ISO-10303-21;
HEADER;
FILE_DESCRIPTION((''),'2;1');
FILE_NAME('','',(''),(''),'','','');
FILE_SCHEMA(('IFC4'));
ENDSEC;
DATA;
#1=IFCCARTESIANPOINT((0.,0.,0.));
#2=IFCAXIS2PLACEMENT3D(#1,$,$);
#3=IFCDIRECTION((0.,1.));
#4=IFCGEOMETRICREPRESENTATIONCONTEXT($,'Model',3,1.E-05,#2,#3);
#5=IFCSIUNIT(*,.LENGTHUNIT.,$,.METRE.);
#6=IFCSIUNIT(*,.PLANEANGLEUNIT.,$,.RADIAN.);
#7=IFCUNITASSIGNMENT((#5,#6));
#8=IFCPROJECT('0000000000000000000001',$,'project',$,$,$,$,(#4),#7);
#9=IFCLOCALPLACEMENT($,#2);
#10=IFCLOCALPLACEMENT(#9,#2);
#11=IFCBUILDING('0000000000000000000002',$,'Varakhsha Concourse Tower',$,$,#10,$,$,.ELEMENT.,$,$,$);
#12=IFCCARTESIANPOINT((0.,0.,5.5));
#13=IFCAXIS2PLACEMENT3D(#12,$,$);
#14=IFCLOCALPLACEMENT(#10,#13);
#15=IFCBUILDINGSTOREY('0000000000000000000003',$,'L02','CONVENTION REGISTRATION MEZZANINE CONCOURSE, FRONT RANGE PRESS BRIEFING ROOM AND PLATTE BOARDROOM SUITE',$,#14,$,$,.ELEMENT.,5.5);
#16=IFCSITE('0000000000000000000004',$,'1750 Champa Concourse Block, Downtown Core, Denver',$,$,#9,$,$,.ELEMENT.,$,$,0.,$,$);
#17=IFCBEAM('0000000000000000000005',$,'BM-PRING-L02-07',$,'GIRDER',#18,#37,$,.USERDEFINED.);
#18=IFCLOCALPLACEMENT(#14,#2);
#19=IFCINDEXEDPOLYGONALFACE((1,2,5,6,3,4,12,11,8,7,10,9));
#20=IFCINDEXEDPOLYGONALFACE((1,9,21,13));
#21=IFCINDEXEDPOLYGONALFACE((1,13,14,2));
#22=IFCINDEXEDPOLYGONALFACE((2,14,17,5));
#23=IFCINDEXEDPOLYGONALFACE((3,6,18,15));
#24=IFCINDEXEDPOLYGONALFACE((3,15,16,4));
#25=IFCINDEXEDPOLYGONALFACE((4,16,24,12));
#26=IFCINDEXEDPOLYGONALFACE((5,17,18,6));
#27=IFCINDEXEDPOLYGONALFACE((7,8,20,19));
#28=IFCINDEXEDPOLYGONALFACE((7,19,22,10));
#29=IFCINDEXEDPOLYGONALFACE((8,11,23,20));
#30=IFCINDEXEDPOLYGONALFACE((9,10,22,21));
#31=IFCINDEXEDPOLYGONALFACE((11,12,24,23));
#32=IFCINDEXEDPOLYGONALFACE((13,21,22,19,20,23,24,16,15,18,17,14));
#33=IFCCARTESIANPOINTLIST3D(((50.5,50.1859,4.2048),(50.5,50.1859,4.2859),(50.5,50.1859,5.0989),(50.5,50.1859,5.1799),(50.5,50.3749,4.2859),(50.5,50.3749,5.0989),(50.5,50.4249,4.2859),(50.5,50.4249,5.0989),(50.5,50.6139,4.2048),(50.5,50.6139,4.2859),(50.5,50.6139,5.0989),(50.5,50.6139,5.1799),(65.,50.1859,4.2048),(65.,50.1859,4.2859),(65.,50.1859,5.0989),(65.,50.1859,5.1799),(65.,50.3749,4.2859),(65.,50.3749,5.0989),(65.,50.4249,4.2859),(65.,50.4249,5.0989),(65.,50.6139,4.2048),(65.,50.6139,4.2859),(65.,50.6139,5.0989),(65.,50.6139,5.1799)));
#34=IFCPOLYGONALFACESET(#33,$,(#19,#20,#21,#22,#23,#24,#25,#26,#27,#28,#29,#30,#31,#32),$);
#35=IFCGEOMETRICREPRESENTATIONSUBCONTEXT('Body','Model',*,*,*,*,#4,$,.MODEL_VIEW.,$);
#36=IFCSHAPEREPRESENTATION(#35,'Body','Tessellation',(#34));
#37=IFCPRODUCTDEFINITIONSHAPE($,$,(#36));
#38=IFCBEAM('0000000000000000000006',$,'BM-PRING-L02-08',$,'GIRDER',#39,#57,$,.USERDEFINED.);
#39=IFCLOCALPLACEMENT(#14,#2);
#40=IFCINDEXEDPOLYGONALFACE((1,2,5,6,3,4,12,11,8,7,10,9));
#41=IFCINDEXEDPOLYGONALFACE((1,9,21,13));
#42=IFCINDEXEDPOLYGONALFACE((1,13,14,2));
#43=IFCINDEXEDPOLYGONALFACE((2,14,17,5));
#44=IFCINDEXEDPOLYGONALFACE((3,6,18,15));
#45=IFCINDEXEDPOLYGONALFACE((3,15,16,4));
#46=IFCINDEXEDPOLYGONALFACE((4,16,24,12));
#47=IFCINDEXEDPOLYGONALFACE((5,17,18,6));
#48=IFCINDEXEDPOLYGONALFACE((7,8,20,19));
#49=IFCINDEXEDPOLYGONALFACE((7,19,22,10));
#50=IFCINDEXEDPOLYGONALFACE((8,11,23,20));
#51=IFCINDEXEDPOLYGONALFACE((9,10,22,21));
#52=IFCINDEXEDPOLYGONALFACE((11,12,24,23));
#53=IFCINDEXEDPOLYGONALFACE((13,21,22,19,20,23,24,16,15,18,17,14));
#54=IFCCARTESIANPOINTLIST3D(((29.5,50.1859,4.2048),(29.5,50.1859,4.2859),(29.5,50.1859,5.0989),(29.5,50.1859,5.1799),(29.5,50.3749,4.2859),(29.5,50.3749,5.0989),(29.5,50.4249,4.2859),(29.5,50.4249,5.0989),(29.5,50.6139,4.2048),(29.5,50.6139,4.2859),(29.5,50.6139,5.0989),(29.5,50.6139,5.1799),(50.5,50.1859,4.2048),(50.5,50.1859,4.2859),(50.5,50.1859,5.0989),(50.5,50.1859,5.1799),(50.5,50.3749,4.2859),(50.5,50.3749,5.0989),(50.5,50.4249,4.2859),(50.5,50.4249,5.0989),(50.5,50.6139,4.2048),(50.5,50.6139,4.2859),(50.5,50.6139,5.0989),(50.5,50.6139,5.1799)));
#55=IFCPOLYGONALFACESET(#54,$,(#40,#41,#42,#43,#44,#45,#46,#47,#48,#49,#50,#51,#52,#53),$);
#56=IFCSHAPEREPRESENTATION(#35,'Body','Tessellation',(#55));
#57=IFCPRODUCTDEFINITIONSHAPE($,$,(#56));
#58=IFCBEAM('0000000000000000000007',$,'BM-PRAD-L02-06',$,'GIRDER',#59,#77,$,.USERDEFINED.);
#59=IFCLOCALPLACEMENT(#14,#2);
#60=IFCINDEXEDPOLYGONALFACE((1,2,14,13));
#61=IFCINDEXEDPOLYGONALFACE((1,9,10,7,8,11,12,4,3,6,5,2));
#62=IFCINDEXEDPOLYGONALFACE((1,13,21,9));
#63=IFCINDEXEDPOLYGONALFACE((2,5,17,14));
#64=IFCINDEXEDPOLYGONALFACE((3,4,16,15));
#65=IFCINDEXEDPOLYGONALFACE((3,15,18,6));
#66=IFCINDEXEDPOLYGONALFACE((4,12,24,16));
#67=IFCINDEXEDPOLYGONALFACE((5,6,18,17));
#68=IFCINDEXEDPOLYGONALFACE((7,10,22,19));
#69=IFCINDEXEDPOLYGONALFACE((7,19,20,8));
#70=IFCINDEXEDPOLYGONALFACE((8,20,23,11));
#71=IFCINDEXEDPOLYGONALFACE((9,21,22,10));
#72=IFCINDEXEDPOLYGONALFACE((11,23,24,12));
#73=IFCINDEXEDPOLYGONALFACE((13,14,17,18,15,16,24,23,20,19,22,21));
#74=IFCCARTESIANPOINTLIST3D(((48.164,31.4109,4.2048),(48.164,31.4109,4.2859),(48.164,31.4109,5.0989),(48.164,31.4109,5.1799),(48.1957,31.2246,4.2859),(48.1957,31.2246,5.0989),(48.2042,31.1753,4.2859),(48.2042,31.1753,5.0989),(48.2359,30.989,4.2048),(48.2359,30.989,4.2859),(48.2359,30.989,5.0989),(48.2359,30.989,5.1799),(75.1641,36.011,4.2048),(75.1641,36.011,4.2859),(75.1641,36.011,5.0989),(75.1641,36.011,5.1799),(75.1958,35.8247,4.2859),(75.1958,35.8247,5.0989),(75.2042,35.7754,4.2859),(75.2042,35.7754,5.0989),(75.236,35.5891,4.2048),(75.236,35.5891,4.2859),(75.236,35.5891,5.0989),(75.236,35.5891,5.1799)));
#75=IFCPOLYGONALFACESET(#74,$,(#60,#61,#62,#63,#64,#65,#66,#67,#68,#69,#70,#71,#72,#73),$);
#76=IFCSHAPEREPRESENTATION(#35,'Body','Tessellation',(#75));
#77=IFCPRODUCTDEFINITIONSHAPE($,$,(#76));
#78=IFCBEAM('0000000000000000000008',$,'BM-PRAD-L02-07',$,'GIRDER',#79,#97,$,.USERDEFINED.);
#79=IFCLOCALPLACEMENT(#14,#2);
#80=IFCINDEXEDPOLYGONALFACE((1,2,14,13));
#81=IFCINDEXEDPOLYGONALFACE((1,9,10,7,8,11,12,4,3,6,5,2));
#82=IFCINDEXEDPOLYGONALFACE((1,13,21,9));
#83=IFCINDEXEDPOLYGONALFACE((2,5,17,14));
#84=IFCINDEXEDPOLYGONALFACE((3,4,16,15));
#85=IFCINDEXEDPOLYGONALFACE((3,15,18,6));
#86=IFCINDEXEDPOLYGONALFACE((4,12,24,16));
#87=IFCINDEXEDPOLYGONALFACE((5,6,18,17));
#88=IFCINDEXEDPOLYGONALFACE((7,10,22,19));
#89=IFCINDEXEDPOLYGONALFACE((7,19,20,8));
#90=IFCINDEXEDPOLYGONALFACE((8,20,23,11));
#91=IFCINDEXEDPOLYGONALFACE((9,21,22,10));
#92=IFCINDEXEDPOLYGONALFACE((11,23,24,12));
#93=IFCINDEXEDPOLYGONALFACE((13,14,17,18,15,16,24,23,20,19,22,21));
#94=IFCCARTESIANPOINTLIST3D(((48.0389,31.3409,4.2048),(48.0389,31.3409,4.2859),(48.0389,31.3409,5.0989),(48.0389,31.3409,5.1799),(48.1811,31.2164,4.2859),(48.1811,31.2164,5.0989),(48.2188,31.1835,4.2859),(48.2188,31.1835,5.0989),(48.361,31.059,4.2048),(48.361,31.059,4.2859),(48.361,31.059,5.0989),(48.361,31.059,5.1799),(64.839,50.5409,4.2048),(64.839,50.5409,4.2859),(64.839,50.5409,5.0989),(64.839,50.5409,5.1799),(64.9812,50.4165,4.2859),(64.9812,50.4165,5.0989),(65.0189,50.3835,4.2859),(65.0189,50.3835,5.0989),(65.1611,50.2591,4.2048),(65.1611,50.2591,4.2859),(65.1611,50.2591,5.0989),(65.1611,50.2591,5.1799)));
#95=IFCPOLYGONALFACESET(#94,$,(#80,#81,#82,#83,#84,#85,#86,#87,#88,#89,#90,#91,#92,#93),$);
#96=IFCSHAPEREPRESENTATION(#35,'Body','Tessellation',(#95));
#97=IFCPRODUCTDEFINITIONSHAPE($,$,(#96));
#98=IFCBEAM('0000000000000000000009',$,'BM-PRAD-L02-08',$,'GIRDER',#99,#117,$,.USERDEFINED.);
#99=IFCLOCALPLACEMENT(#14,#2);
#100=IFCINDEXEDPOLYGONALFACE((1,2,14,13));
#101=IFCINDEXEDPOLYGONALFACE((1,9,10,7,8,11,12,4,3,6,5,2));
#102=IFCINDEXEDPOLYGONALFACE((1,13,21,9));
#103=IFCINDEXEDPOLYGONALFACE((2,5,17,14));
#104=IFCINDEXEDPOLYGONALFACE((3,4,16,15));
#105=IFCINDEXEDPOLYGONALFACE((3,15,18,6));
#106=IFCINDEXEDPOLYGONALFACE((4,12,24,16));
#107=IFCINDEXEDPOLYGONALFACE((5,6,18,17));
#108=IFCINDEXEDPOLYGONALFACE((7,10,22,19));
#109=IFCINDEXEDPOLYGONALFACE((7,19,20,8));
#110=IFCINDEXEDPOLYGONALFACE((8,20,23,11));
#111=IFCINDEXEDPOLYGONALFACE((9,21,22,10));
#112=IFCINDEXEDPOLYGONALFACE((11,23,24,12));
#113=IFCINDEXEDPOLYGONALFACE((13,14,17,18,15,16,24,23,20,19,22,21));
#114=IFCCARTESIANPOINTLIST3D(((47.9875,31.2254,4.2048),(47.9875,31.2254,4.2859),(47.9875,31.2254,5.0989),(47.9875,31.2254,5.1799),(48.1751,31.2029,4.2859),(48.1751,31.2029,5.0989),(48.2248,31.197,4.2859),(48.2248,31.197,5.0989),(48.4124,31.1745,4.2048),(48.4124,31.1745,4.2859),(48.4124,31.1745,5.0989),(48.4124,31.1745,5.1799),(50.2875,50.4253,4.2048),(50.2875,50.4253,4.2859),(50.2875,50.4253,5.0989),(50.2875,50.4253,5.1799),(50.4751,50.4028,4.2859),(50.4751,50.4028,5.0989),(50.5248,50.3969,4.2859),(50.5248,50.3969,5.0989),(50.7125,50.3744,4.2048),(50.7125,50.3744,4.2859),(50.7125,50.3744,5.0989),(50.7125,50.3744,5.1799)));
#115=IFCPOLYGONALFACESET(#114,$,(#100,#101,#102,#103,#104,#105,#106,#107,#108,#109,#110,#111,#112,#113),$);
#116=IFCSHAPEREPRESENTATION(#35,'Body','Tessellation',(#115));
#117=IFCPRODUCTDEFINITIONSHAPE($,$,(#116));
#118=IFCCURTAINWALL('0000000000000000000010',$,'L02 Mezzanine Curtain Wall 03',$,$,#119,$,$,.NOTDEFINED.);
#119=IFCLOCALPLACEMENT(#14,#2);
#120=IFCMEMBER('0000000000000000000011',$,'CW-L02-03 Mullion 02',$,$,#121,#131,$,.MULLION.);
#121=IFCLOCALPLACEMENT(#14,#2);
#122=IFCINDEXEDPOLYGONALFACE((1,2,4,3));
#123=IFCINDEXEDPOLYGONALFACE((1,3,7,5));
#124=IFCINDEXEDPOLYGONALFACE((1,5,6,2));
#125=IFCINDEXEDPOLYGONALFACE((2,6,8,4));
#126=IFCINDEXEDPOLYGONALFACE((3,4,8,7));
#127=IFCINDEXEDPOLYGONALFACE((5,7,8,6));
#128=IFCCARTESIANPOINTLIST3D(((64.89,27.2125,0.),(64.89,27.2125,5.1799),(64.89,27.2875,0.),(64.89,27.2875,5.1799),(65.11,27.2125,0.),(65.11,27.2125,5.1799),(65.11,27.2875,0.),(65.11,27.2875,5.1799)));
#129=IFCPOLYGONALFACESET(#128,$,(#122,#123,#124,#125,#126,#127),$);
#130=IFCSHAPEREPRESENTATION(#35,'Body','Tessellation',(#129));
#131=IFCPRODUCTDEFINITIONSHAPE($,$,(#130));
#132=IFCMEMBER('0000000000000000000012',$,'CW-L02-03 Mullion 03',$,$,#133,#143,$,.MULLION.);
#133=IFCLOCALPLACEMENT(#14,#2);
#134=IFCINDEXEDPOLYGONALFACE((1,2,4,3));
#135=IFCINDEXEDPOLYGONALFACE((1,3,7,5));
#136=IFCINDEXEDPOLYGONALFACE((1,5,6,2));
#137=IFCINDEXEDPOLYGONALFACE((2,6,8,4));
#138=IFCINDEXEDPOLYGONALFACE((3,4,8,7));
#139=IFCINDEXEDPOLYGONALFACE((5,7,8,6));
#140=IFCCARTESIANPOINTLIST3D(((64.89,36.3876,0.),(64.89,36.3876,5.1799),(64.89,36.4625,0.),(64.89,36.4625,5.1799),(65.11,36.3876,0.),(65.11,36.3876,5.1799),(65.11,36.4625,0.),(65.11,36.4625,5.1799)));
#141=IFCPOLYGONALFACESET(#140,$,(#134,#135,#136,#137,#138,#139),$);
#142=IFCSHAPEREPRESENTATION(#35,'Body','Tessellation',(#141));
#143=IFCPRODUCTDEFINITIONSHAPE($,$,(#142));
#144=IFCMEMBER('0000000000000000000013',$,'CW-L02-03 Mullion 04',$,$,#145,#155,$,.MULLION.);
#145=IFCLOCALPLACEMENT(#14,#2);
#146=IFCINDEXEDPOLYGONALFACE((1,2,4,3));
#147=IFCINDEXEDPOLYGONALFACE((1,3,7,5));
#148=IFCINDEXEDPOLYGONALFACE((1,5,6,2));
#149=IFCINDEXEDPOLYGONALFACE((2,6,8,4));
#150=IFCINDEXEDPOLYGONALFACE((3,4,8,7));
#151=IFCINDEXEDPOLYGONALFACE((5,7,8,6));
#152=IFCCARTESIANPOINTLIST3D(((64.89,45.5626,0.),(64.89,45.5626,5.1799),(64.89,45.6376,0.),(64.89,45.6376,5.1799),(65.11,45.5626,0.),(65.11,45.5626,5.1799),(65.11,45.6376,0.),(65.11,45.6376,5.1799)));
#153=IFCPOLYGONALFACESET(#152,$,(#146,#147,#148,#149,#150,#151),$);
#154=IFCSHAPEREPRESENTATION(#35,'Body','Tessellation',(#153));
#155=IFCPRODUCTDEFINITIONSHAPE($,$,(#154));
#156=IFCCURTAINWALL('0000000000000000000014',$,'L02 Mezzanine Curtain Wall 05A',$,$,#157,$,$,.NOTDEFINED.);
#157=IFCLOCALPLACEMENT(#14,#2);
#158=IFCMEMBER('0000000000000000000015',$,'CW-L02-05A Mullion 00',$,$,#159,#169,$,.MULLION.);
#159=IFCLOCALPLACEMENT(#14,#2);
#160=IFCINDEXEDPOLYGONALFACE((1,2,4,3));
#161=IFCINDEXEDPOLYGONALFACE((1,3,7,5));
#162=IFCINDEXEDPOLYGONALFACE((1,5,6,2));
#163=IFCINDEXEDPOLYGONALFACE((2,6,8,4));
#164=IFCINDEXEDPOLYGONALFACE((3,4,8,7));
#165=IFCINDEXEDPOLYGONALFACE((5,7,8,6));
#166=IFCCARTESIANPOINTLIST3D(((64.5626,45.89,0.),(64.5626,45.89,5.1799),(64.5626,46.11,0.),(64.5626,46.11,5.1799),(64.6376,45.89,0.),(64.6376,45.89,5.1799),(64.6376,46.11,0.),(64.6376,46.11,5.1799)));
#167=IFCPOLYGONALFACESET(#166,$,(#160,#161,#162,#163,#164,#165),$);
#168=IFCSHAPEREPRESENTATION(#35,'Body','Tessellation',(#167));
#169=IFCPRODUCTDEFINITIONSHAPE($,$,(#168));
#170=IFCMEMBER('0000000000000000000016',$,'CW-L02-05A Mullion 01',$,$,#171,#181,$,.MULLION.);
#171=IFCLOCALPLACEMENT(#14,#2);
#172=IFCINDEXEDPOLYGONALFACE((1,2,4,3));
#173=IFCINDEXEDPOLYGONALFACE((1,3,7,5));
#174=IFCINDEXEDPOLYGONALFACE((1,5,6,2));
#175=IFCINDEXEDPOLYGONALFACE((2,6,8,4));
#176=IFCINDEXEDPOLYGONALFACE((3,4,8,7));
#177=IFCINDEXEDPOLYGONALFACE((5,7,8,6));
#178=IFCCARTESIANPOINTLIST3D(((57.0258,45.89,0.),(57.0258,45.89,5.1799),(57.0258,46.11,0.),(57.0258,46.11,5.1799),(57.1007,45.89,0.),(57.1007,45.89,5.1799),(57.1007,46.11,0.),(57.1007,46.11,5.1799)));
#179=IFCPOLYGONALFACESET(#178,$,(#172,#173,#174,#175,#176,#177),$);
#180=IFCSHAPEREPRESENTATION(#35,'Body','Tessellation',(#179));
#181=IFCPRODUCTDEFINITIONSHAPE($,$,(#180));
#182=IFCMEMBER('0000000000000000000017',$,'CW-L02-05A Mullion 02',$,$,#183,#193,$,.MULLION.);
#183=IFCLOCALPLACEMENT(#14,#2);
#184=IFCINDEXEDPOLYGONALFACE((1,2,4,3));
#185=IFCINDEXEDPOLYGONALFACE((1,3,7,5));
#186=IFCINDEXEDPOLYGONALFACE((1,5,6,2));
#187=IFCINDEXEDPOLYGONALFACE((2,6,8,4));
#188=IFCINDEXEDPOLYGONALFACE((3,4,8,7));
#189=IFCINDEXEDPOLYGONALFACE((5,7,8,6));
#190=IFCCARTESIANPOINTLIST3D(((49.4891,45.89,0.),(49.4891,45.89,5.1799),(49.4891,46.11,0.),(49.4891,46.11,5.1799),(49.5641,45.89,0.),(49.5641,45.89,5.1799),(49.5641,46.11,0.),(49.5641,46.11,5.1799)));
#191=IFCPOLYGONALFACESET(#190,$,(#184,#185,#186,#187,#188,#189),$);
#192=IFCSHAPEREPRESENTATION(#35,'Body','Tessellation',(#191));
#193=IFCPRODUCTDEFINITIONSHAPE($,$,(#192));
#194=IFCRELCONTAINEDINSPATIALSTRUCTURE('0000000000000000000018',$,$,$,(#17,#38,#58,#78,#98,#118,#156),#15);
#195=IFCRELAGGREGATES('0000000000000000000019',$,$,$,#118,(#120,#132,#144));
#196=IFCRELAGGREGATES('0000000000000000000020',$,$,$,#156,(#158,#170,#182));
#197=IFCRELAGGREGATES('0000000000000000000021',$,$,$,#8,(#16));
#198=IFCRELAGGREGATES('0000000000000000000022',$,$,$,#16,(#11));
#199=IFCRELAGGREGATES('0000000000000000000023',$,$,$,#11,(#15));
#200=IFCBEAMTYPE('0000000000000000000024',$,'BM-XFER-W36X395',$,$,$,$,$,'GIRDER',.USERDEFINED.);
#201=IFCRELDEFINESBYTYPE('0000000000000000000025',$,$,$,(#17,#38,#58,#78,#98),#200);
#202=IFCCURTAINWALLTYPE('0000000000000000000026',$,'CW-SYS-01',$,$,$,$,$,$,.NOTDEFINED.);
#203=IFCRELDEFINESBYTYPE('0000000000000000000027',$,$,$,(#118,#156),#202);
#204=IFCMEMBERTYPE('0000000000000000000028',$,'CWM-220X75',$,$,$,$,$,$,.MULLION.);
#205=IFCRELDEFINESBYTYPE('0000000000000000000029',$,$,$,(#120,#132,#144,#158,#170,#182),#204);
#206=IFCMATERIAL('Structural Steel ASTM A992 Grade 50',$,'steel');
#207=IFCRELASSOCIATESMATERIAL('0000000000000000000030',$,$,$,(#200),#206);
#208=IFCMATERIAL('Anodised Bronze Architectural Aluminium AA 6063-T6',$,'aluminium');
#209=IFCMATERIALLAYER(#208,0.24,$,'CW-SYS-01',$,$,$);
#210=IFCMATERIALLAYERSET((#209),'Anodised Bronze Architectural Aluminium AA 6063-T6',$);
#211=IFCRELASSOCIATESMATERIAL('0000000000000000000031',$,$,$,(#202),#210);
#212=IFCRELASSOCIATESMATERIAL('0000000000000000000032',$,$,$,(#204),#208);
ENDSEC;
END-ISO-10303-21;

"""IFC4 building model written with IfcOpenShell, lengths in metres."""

from ifc_helpers import new_model, si_unit, direction, frame, origin, origin_2d, place, context, subcontext, project, spatial, rectangle, i_section, extrude, source, transform, mapped, material, layer, layer_set, material_profile, profile_set, type_object, type_shapes, element, aggregate, save


model = new_model("IFC4")

# Units and contexts
model_context = context("Model", 3, precision=1e-05, world=origin(), true_north=direction((0.0, 1.0)))
body_context = subcontext(model_context, "Body", "Model", "MODEL_VIEW")
ifc_project = project(units=[si_unit("LENGTHUNIT", "METRE"), si_unit("PLANEANGLEUNIT", "RADIAN")], contexts=[model_context])

# Site, building, storey
site_placement = place(None, origin())
site = spatial("IfcSite", under=ifc_project, at=site_placement, Name="1750 Champa Concourse Block, Downtown Core, Denver", CompositionType="ELEMENT", RefElevation=0.0)
building_placement = place(site_placement, origin())
building = spatial("IfcBuilding", under=site, at=building_placement, Name="Varakhsha Concourse Tower", CompositionType="ELEMENT")
storey_placement = place(building_placement, frame((0.0, 0.0, 5.5)))
storey = spatial("IfcBuildingStorey", under=building, at=storey_placement, Name="L02", Description="CONVENTION REGISTRATION MEZZANINE CONCOURSE, FRONT RANGE PRESS BRIEFING ROOM AND PLATTE BOARDROOM SUITE", CompositionType="ELEMENT", Elevation=5.5)

# Shared definitions
ifc_material_1 = material(Name="Structural Steel ASTM A992 Grade 50", Category="steel")

# Beams
ifc_material_profile_1 = material_profile(ifc_material_1, i_section(OverallWidth=0.428, OverallDepth=0.9751, WebThickness=0.05, FlangeThickness=0.0811, at=origin_2d()), Name="W36X395")
ifc_profile_set_1 = profile_set([ifc_material_profile_1], Name="Structural Steel ASTM A992 Grade 50")
beam_type_1 = type_object("IfcBeamType", Name="BM-XFER-W36X395", ElementType="GIRDER", PredefinedType="USERDEFINED", material=ifc_profile_set_1)
beam_1_placement = place(storey_placement, frame((65.0, 50.3999, 4.6924), z_axis=(-1.0, 0.0, 0.0), x_axis=(0.0, -1.0, 0.0)))
element("IfcBeam", 1, at=beam_1_placement, inside=storey, type_object=beam_type_1, Name="BM-PRING-L02-07", ObjectType="GIRDER", PredefinedType="USERDEFINED", context=body_context, shape_type="SweptSolid", body=[
    extrude(i_section(OverallWidth=0.428, OverallDepth=0.9751, WebThickness=0.05, FlangeThickness=0.0811, at=origin_2d()), origin(), (0.0, 0.0, 1.0), 14.5),
])
beam_2_placement = place(storey_placement, frame((50.5, 50.3999, 4.6924), z_axis=(-1.0, 0.0, 0.0), x_axis=(0.0, -1.0, 0.0)))
element("IfcBeam", 2, at=beam_2_placement, inside=storey, type_object=beam_type_1, Name="BM-PRING-L02-08", ObjectType="GIRDER", PredefinedType="USERDEFINED", context=body_context, shape_type="SweptSolid", body=[
    extrude(i_section(OverallWidth=0.428, OverallDepth=0.9751, WebThickness=0.05, FlangeThickness=0.0811, at=origin_2d()), origin(), (0.0, 0.0, 1.0), 21.0),
])
beam_3_placement = place(storey_placement, frame((48.2, 31.2, 4.6924), z_axis=(0.985795, 0.167954, 0.0), x_axis=(-0.167954, 0.985795, 0.0)))
element("IfcBeam", 3, at=beam_3_placement, inside=storey, type_object=beam_type_1, Name="BM-PRAD-L02-06", ObjectType="GIRDER", PredefinedType="USERDEFINED", context=body_context, shape_type="SweptSolid", body=[
    extrude(i_section(OverallWidth=0.428, OverallDepth=0.9751, WebThickness=0.05, FlangeThickness=0.0811, at=origin_2d()), origin(), (0.0, 0.0, 1.0), 27.3892),
])
beam_4_placement = place(storey_placement, frame((48.2, 31.2, 4.6924), z_axis=(0.658507, 0.752575, 0.0), x_axis=(-0.752575, 0.658507, 0.0)))
element("IfcBeam", 4, at=beam_4_placement, inside=storey, type_object=beam_type_1, Name="BM-PRAD-L02-07", ObjectType="GIRDER", PredefinedType="USERDEFINED", context=body_context, shape_type="SweptSolid", body=[
    extrude(i_section(OverallWidth=0.428, OverallDepth=0.9751, WebThickness=0.05, FlangeThickness=0.0811, at=origin_2d()), origin(), (0.0, 0.0, 1.0), 25.5125),
])
beam_5_placement = place(storey_placement, frame((48.2, 31.2, 4.6924), z_axis=(0.118944, 0.992901, 0.0), x_axis=(-0.992901, 0.118944, 0.0)))
element("IfcBeam", 5, at=beam_5_placement, inside=storey, type_object=beam_type_1, Name="BM-PRAD-L02-08", ObjectType="GIRDER", PredefinedType="USERDEFINED", context=body_context, shape_type="SweptSolid", body=[
    extrude(i_section(OverallWidth=0.428, OverallDepth=0.9751, WebThickness=0.05, FlangeThickness=0.0811, at=origin_2d()), origin(), (0.0, 0.0, 1.0), 19.3372),
])

# Curtain walls, members
ifc_material_2 = material(Name="Anodised Bronze Architectural Aluminium AA 6063-T6", Category="aluminium")
ifc_layer_1 = layer(ifc_material_2, 0.24, Name="CW-SYS-01")
ifc_layer_set_1 = layer_set([ifc_layer_1], Name="Anodised Bronze Architectural Aluminium AA 6063-T6")
curtain_wall_type = type_object("IfcCurtainWallType", Name="CW-SYS-01", PredefinedType="NOTDEFINED", material=ifc_layer_set_1)
curtain_wall_1_placement = place(storey_placement, origin())
curtain_wall_1 = element("IfcCurtainWall", 6, at=curtain_wall_1_placement, inside=storey, type_object=curtain_wall_type, Name="L02 Mezzanine Curtain Wall 03", PredefinedType="NOTDEFINED")
ifc_material_profile_2 = material_profile(ifc_material_2, rectangle(XDim=0.075, YDim=0.22, at=origin_2d()), Name="CWM-220X75")
ifc_profile_set_2 = profile_set([ifc_material_profile_2], Name="Anodised Bronze Architectural Aluminium AA 6063-T6")
member_type_1 = type_object("IfcMemberType", Name="CWM-220X75", PredefinedType="MULLION", material=ifc_profile_set_2)
shared_shape_1 = source(origin(), body_context, "Body", "SweptSolid", [
    extrude(rectangle(XDim=0.075, YDim=0.22, at=origin_2d()), origin(), (0.0, 0.0, 1.0), 5.1799),
])
type_shapes(member_type_1, [shared_shape_1])
member_1_placement = place(storey_placement, frame((65.0, 27.25, 0.0), z_axis=(0.0, 0.0, 1.0), x_axis=(0.0, 1.0, 0.0)))
member_1 = element("IfcMember", 7, at=member_1_placement, type_object=member_type_1, Name="CW-L02-03 Mullion 02", PredefinedType="MULLION", context=body_context, shape_type="MappedRepresentation", body=[
    mapped(shared_shape_1, transform((0.0, 0.0, 0.0), scale=1.0)),
])
member_2_placement = place(storey_placement, frame((65.0, 36.425, 0.0), z_axis=(0.0, 0.0, 1.0), x_axis=(0.0, 1.0, 0.0)))
member_2 = element("IfcMember", 8, at=member_2_placement, type_object=member_type_1, Name="CW-L02-03 Mullion 03", PredefinedType="MULLION", context=body_context, shape_type="MappedRepresentation", body=[
    mapped(shared_shape_1, transform((0.0, 0.0, 0.0), scale=1.0)),
])
member_3_placement = place(storey_placement, frame((65.0, 45.6001, 0.0), z_axis=(0.0, 0.0, 1.0), x_axis=(0.0, 1.0, 0.0)))
member_3 = element("IfcMember", 9, at=member_3_placement, type_object=member_type_1, Name="CW-L02-03 Mullion 04", PredefinedType="MULLION", context=body_context, shape_type="MappedRepresentation", body=[
    mapped(shared_shape_1, transform((0.0, 0.0, 0.0), scale=1.0)),
])
curtain_wall_2_placement = place(storey_placement, origin())
curtain_wall_2 = element("IfcCurtainWall", 10, at=curtain_wall_2_placement, inside=storey, type_object=curtain_wall_type, Name="L02 Mezzanine Curtain Wall 05A", PredefinedType="NOTDEFINED")
member_4_placement = place(storey_placement, frame((64.6001, 46.0, 0.0), z_axis=(0.0, 0.0, 1.0), x_axis=(-1.0, 0.0, 0.0)))
member_4 = element("IfcMember", 11, at=member_4_placement, type_object=member_type_1, Name="CW-L02-05A Mullion 00", PredefinedType="MULLION", context=body_context, shape_type="MappedRepresentation", body=[
    mapped(shared_shape_1, transform((0.0, 0.0, 0.0), scale=1.0)),
])
member_5_placement = place(storey_placement, frame((57.0632, 46.0, 0.0), z_axis=(0.0, 0.0, 1.0), x_axis=(-1.0, 0.0, 0.0)))
member_5 = element("IfcMember", 12, at=member_5_placement, type_object=member_type_1, Name="CW-L02-05A Mullion 01", PredefinedType="MULLION", context=body_context, shape_type="MappedRepresentation", body=[
    mapped(shared_shape_1, transform((0.0, 0.0, 0.0), scale=1.0)),
])
member_6_placement = place(storey_placement, frame((49.5266, 46.0, 0.0), z_axis=(0.0, 0.0, 1.0), x_axis=(-1.0, 0.0, 0.0)))
member_6 = element("IfcMember", 13, at=member_6_placement, type_object=member_type_1, Name="CW-L02-05A Mullion 02", PredefinedType="MULLION", context=body_context, shape_type="MappedRepresentation", body=[
    mapped(shared_shape_1, transform((0.0, 0.0, 0.0), scale=1.0)),
])

aggregate(curtain_wall_1, [member_1, member_2, member_3])
aggregate(curtain_wall_2, [member_4, member_5, member_6])

save(model, "model.ifc")
